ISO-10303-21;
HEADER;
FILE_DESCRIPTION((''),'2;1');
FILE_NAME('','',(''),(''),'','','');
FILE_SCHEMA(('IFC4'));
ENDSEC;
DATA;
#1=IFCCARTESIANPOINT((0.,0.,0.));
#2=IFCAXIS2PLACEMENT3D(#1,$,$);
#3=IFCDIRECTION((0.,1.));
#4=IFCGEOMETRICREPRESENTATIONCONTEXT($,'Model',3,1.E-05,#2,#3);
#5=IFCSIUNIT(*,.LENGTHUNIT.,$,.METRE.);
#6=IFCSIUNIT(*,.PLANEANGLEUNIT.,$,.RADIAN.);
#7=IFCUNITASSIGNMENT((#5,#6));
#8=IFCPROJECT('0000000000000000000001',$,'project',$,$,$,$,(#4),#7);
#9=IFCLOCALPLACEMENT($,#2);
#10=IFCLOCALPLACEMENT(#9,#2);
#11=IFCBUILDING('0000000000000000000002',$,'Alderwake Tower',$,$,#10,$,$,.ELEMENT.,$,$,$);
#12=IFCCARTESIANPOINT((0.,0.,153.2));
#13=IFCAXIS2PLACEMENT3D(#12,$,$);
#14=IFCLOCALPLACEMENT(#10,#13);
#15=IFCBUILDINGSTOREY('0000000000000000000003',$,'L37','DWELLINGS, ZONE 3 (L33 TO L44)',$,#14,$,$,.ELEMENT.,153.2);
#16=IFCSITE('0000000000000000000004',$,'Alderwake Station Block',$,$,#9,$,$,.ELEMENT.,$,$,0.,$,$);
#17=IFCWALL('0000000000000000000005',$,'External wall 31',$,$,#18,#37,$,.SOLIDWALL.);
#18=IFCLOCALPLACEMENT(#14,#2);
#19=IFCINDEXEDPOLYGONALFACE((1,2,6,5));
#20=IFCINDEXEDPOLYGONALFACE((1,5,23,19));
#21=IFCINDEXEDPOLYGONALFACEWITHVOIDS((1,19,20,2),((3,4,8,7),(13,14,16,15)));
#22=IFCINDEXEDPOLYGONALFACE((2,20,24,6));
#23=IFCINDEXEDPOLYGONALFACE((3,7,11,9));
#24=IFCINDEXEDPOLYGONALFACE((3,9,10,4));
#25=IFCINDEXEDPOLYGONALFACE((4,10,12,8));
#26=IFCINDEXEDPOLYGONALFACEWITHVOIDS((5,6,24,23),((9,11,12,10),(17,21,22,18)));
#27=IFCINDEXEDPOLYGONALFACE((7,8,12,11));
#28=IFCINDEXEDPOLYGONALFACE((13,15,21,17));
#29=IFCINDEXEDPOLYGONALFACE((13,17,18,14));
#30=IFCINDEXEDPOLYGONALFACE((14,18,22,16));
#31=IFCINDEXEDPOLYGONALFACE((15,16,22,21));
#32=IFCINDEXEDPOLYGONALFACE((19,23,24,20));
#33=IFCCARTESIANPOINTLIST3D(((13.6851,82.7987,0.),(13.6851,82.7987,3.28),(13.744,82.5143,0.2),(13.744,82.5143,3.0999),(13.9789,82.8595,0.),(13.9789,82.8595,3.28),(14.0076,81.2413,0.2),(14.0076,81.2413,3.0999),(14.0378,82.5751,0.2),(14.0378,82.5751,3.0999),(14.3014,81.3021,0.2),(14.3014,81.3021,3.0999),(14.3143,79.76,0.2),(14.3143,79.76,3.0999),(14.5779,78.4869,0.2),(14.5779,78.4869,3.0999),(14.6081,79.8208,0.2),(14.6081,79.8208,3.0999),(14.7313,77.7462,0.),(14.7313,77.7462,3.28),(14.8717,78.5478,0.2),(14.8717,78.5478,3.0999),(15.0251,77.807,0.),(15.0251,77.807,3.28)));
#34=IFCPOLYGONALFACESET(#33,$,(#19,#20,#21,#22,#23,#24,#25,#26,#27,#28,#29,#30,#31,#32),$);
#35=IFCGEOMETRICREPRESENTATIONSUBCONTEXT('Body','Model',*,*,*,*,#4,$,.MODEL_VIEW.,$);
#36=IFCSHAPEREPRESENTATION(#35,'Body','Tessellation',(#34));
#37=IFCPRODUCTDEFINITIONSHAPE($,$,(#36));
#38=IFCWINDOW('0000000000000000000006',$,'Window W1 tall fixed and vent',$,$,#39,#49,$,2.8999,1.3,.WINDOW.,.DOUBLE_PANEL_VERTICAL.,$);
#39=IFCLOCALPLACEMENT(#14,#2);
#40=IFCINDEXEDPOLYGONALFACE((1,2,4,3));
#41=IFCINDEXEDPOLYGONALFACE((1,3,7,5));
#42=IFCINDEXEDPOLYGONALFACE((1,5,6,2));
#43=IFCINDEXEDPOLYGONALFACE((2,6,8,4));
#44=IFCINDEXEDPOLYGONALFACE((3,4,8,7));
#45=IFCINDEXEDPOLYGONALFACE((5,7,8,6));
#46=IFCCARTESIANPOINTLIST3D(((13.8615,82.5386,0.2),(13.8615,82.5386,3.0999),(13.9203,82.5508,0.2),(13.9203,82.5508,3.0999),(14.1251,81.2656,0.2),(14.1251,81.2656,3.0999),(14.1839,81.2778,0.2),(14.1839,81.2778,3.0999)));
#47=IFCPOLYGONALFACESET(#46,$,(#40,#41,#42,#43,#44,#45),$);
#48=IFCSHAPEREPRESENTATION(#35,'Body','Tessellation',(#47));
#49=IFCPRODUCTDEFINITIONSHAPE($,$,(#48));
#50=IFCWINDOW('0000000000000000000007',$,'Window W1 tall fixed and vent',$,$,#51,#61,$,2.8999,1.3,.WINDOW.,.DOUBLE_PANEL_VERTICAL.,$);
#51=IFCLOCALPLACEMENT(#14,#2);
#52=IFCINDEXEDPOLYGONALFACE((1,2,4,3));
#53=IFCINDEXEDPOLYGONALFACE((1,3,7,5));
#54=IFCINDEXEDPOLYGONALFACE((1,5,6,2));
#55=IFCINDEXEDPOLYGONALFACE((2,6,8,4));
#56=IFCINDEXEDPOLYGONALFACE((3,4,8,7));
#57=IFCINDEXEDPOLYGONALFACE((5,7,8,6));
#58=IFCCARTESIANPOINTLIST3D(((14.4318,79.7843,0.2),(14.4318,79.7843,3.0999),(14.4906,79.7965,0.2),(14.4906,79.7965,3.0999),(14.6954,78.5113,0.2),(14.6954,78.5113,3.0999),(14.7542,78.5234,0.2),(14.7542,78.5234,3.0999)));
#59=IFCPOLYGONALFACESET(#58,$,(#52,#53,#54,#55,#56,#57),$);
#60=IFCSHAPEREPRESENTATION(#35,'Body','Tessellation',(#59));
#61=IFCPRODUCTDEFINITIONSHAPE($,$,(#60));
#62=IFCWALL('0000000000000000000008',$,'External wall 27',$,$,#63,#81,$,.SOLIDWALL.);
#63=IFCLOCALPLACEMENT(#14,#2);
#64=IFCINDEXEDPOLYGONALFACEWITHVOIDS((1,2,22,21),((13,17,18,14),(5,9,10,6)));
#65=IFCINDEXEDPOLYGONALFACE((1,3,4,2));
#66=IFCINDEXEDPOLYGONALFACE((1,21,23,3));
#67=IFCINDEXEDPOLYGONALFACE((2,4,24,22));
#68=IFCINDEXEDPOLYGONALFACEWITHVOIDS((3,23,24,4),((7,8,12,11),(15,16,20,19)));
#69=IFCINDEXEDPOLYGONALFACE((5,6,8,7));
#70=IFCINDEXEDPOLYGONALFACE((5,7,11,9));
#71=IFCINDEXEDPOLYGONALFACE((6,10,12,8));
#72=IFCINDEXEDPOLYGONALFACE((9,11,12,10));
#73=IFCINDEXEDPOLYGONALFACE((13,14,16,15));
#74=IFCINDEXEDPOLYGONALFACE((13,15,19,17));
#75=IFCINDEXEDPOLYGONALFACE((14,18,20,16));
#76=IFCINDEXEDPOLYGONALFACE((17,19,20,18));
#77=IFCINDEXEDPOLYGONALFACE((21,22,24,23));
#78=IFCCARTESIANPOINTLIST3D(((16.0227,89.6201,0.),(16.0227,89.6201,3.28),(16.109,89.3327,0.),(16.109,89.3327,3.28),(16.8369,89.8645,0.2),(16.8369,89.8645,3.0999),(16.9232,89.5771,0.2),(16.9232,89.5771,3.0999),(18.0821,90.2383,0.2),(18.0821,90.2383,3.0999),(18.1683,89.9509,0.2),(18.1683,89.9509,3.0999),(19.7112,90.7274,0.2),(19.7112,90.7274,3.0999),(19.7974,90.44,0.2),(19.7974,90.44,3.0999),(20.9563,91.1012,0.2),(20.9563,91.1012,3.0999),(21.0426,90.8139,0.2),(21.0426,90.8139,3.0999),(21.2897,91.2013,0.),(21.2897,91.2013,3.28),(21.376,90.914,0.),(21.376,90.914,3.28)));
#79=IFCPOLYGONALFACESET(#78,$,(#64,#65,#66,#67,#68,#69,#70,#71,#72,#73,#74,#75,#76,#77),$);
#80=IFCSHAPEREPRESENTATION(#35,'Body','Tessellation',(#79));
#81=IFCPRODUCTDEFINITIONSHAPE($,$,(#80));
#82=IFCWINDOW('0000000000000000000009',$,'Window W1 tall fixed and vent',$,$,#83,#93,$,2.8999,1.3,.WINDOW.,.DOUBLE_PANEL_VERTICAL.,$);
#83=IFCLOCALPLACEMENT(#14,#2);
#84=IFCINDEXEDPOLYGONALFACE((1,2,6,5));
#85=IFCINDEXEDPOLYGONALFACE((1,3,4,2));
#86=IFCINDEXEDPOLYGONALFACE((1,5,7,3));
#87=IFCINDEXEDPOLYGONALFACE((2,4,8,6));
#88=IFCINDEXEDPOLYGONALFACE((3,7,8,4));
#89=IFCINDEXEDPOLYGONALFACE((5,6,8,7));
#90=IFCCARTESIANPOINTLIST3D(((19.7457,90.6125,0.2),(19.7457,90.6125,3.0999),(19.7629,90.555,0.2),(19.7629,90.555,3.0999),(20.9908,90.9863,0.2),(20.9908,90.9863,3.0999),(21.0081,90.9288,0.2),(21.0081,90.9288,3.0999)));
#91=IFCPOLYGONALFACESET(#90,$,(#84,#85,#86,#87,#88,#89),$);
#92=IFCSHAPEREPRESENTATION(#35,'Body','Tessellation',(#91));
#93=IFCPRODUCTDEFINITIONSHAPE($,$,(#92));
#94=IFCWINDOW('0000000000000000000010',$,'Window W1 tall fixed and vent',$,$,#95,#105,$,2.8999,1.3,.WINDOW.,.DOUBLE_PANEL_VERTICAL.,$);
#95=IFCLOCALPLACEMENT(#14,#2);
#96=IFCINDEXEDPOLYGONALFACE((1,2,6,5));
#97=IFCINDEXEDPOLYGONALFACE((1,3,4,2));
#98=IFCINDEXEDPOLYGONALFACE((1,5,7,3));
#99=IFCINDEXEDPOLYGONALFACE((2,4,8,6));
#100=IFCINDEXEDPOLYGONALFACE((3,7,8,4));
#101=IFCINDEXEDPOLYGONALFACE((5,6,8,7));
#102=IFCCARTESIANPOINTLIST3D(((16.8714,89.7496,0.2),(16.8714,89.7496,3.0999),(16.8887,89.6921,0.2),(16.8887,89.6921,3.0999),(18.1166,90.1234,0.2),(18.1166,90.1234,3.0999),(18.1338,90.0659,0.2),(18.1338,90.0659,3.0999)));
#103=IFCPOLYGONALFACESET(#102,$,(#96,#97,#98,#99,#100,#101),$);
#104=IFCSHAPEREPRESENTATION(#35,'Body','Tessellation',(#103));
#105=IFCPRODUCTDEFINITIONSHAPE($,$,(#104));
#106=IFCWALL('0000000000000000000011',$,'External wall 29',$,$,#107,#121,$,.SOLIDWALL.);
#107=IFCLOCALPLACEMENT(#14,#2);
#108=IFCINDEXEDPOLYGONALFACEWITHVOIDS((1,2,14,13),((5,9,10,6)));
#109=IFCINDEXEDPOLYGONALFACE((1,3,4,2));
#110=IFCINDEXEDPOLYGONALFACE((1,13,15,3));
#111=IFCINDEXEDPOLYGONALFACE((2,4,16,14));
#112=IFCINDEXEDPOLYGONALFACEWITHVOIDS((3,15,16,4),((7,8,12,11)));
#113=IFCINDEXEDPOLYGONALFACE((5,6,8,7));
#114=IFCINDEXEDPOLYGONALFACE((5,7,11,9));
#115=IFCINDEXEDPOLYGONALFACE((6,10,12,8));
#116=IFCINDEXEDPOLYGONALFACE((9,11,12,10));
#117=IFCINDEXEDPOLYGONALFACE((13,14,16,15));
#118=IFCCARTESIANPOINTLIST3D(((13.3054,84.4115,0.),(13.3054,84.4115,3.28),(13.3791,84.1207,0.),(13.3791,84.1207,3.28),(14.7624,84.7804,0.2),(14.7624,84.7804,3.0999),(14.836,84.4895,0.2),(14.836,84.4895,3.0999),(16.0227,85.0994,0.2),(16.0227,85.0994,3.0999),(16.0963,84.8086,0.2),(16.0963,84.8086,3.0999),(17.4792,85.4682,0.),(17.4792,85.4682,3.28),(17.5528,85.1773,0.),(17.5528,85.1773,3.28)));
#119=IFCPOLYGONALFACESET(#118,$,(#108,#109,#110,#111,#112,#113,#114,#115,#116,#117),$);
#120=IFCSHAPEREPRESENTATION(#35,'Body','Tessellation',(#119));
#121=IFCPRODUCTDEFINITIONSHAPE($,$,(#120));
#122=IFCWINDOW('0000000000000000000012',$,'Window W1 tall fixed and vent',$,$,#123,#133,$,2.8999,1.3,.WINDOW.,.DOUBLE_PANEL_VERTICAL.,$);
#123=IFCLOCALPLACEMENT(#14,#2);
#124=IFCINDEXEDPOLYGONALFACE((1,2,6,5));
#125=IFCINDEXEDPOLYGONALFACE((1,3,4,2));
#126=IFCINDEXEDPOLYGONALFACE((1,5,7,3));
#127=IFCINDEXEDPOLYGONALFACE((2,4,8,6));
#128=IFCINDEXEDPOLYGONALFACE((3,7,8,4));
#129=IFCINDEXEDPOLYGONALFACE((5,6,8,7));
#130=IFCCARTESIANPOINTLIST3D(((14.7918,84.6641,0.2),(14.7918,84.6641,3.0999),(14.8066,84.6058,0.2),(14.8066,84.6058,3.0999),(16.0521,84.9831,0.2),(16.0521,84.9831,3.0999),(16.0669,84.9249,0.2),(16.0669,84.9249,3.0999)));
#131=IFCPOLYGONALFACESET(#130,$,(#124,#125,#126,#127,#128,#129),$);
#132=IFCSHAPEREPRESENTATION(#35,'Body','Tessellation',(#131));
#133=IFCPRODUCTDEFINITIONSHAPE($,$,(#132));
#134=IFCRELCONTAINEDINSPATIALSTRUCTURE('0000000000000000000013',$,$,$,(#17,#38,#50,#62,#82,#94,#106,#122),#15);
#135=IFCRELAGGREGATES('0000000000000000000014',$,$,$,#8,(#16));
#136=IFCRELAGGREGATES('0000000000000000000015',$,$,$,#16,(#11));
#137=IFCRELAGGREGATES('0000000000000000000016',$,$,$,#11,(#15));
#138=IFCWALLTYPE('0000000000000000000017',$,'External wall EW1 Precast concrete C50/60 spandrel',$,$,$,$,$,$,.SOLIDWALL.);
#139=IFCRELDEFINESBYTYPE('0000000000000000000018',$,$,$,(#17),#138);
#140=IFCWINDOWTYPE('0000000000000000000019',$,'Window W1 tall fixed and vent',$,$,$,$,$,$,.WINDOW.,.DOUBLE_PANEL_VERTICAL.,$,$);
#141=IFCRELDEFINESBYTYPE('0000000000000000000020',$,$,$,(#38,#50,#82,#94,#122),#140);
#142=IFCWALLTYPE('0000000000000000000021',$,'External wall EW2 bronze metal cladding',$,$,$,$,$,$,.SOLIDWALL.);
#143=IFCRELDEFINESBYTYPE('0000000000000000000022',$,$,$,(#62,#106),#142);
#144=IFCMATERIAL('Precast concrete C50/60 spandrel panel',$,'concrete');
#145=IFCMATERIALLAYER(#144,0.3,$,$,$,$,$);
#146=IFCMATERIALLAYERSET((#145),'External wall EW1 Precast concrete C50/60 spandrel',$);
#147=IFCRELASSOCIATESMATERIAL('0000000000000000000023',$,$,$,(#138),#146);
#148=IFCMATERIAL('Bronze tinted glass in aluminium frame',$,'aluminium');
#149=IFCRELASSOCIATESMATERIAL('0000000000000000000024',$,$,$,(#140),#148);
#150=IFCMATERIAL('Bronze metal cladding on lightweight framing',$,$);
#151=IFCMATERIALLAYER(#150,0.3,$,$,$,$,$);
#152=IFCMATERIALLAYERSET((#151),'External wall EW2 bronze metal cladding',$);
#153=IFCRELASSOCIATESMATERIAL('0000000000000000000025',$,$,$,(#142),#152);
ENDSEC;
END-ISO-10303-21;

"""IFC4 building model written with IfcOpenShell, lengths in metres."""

from ifc_helpers import new_model, si_unit, direction, frame, frame_2d, origin, place, context, subcontext, project, spatial, rectangle, extrude, material, layer, layer_set, type_object, element, fill, save


model = new_model("IFC4")

# Units and contexts
model_context = context("Model", 3, precision=1e-05, world=origin(), true_north=direction((0.0, 1.0)))
body_context = subcontext(model_context, "Body", "Model", "MODEL_VIEW")
ifc_project = project(units=[si_unit("LENGTHUNIT", "METRE"), si_unit("PLANEANGLEUNIT", "RADIAN")], contexts=[model_context])

# Site, building, storey
site_placement = place(None, origin())
site = spatial("IfcSite", under=ifc_project, at=site_placement, Name="Alderwake Station Block", CompositionType="ELEMENT", RefElevation=0.0)
building_placement = place(site_placement, origin())
building = spatial("IfcBuilding", under=site, at=building_placement, Name="Alderwake Tower", CompositionType="ELEMENT")
storey_placement = place(building_placement, frame((0.0, 0.0, 153.2)))
storey = spatial("IfcBuildingStorey", under=building, at=storey_placement, Name="L37", Description="DWELLINGS, ZONE 3 (L33 TO L44)", CompositionType="ELEMENT", Elevation=153.2)

# Shared definitions
ifc_material_1 = material(Name="Precast concrete C50/60 spandrel panel", Category="concrete")
ifc_layer_1 = layer(ifc_material_1, 0.3)
ifc_layer_set_1 = layer_set([ifc_layer_1], Name="External wall EW1 Precast concrete C50/60 spandrel")
wall_type_1 = type_object("IfcWallType", Name="External wall EW1 Precast concrete C50/60 spandrel", PredefinedType="SOLIDWALL", material=ifc_layer_set_1)

# Walls, openings, windows
wall_1_placement = place(storey_placement, frame((13.832, 82.8291, 0.0), z_axis=(0.0, 0.0, 1.0), x_axis=(0.202754, -0.97923, 0.0)))
wall_1 = element("IfcWall", 1, at=wall_1_placement, inside=storey, type_object=wall_type_1, Name="External wall 31", PredefinedType="SOLIDWALL", context=body_context, shape_type="SweptSolid", body=[
    extrude(rectangle(XDim=5.1597, YDim=0.3, at=frame_2d((2.5798, 0.0))), origin(), (0.0, 0.0, 1.0), 3.28),
])
opening_1_placement = place(wall_1_placement, frame((0.2905, 0.0, 0.2)))
opening_1 = element("IfcOpeningElement", 2, at=opening_1_placement, cuts=wall_1, PredefinedType="OPENING", context=body_context, shape_type="SweptSolid", body=[
    extrude(rectangle(XDim=1.3, YDim=2.8999, at=frame_2d((0.6499, 1.45))), frame((0.0, 0.1599, 0.0), z_axis=(0.0, -1.0, 0.0), x_axis=(1.0, 0.0, 0.0)), (0.0, 0.0, 1.0), 0.3201),
])
opening_2_placement = place(wall_1_placement, frame((3.1033, 0.0, 0.2)))
opening_2 = element("IfcOpeningElement", 3, at=opening_2_placement, cuts=wall_1, PredefinedType="OPENING", context=body_context, shape_type="SweptSolid", body=[
    extrude(rectangle(XDim=1.3, YDim=2.8999, at=frame_2d((0.6499, 1.45))), frame((0.0, 0.1599, 0.0), z_axis=(0.0, -1.0, 0.0), x_axis=(1.0, 0.0, 0.0)), (0.0, 0.0, 1.0), 0.3201),
])
ifc_material_2 = material(Name="Bronze tinted glass in aluminium frame", Category="aluminium")
window_type = type_object("IfcWindowType", Name="Window W1 tall fixed and vent", PartitioningType="DOUBLE_PANEL_VERTICAL", PredefinedType="WINDOW", material=ifc_material_2)
window_1_placement = place(opening_1_placement, origin())
window_1 = element("IfcWindow", 4, at=window_1_placement, inside=storey, type_object=window_type, Name="Window W1 tall fixed and vent", OverallHeight=2.8999, OverallWidth=1.3, PartitioningType="DOUBLE_PANEL_VERTICAL", PredefinedType="WINDOW", context=body_context, shape_type="SweptSolid", body=[
    extrude(rectangle(XDim=1.3, YDim=2.8999, at=frame_2d((0.6499, 1.45))), frame((0.0, 0.03, 0.0), z_axis=(0.0, -1.0, 0.0), x_axis=(1.0, 0.0, 0.0)), (0.0, 0.0, 1.0), 0.0601),
])
fill(opening_1, window_1)
window_2_placement = place(opening_2_placement, origin())
window_2 = element("IfcWindow", 5, at=window_2_placement, inside=storey, type_object=window_type, Name="Window W1 tall fixed and vent", OverallHeight=2.8999, OverallWidth=1.3, PartitioningType="DOUBLE_PANEL_VERTICAL", PredefinedType="WINDOW", context=body_context, shape_type="SweptSolid", body=[
    extrude(rectangle(XDim=1.3, YDim=2.8999, at=frame_2d((0.6499, 1.45))), frame((0.0, 0.03, 0.0), z_axis=(0.0, -1.0, 0.0), x_axis=(1.0, 0.0, 0.0)), (0.0, 0.0, 1.0), 0.0601),
])
fill(opening_2, window_2)
ifc_material_3 = material(Name="Bronze metal cladding on lightweight framing")
ifc_layer_2 = layer(ifc_material_3, 0.3)
ifc_layer_set_2 = layer_set([ifc_layer_2], Name="External wall EW2 bronze metal cladding")
wall_type_2 = type_object("IfcWallType", Name="External wall EW2 bronze metal cladding", PredefinedType="SOLIDWALL", material=ifc_layer_set_2)
wall_2_placement = place(storey_placement, frame((21.3328, 91.0576, 0.0), z_axis=(0.0, 0.0, 1.0), x_axis=(-0.957768, -0.287543, 0.0)))
wall_2 = element("IfcWall", 6, at=wall_2_placement, inside=storey, type_object=wall_type_2, Name="External wall 27", PredefinedType="SOLIDWALL", context=body_context, shape_type="SweptSolid", body=[
    extrude(rectangle(XDim=5.4993, YDim=0.3, at=frame_2d((2.7495, 0.0))), origin(), (0.0, 0.0, 1.0), 3.28),
])
opening_3_placement = place(wall_2_placement, frame((0.3481, 0.0, 0.2)))
opening_3 = element("IfcOpeningElement", 7, at=opening_3_placement, cuts=wall_2, PredefinedType="OPENING", context=body_context, shape_type="SweptSolid", body=[
    extrude(rectangle(XDim=1.3, YDim=2.8999, at=frame_2d((0.6499, 1.45))), frame((0.0, 0.1599, 0.0), z_axis=(0.0, -1.0, 0.0), x_axis=(1.0, 0.0, 0.0)), (0.0, 0.0, 1.0), 0.3201),
])
opening_4_placement = place(wall_2_placement, frame((3.3491, 0.0, 0.2)))
opening_4 = element("IfcOpeningElement", 8, at=opening_4_placement, cuts=wall_2, PredefinedType="OPENING", context=body_context, shape_type="SweptSolid", body=[
    extrude(rectangle(XDim=1.3, YDim=2.8999, at=frame_2d((0.6499, 1.45))), frame((0.0, 0.1599, 0.0), z_axis=(0.0, -1.0, 0.0), x_axis=(1.0, 0.0, 0.0)), (0.0, 0.0, 1.0), 0.3201),
])
window_3_placement = place(opening_3_placement, origin())
window_3 = element("IfcWindow", 9, at=window_3_placement, inside=storey, type_object=window_type, Name="Window W1 tall fixed and vent", OverallHeight=2.8999, OverallWidth=1.3, PartitioningType="DOUBLE_PANEL_VERTICAL", PredefinedType="WINDOW", context=body_context, shape_type="SweptSolid", body=[
    extrude(rectangle(XDim=1.3, YDim=2.8999, at=frame_2d((0.6499, 1.45))), frame((0.0, 0.03, 0.0), z_axis=(0.0, -1.0, 0.0), x_axis=(1.0, 0.0, 0.0)), (0.0, 0.0, 1.0), 0.0601),
])
fill(opening_3, window_3)
window_4_placement = place(opening_4_placement, origin())
window_4 = element("IfcWindow", 10, at=window_4_placement, inside=storey, type_object=window_type, Name="Window W1 tall fixed and vent", OverallHeight=2.8999, OverallWidth=1.3, PartitioningType="DOUBLE_PANEL_VERTICAL", PredefinedType="WINDOW", context=body_context, shape_type="SweptSolid", body=[
    extrude(rectangle(XDim=1.3, YDim=2.8999, at=frame_2d((0.6499, 1.45))), frame((0.0, 0.03, 0.0), z_axis=(0.0, -1.0, 0.0), x_axis=(1.0, 0.0, 0.0)), (0.0, 0.0, 1.0), 0.0601),
])
fill(opening_4, window_4)

# Wall, opening, window
wall_3_placement = place(storey_placement, frame((17.5161, 85.3228, 0.0), z_axis=(0.0, 0.0, 1.0), x_axis=(-0.969418, -0.245416, 0.0)))
wall_3 = element("IfcWall", 11, at=wall_3_placement, inside=storey, type_object=wall_type_2, Name="External wall 29", PredefinedType="SOLIDWALL", context=body_context, shape_type="SweptSolid", body=[
    extrude(rectangle(XDim=4.3054, YDim=0.3, at=frame_2d((2.1528, 0.0))), origin(), (0.0, 0.0, 1.0), 3.28),
])
opening_5_placement = place(wall_3_placement, frame((1.5027, 0.0, 0.2)))
opening_5 = element("IfcOpeningElement", 12, at=opening_5_placement, cuts=wall_3, PredefinedType="OPENING", context=body_context, shape_type="SweptSolid", body=[
    extrude(rectangle(XDim=1.3, YDim=2.8999, at=frame_2d((0.6499, 1.45))), frame((0.0, 0.1599, 0.0), z_axis=(0.0, -1.0, 0.0), x_axis=(1.0, 0.0, 0.0)), (0.0, 0.0, 1.0), 0.3201),
])
window_5_placement = place(opening_5_placement, origin())
window_5 = element("IfcWindow", 13, at=window_5_placement, inside=storey, type_object=window_type, Name="Window W1 tall fixed and vent", OverallHeight=2.8999, OverallWidth=1.3, PartitioningType="DOUBLE_PANEL_VERTICAL", PredefinedType="WINDOW", context=body_context, shape_type="SweptSolid", body=[
    extrude(rectangle(XDim=1.3, YDim=2.8999, at=frame_2d((0.6499, 1.45))), frame((0.0, 0.03, 0.0), z_axis=(0.0, -1.0, 0.0), x_axis=(1.0, 0.0, 0.0)), (0.0, 0.0, 1.0), 0.0601),
])
fill(opening_5, window_5)

save(model, "model.ifc")
